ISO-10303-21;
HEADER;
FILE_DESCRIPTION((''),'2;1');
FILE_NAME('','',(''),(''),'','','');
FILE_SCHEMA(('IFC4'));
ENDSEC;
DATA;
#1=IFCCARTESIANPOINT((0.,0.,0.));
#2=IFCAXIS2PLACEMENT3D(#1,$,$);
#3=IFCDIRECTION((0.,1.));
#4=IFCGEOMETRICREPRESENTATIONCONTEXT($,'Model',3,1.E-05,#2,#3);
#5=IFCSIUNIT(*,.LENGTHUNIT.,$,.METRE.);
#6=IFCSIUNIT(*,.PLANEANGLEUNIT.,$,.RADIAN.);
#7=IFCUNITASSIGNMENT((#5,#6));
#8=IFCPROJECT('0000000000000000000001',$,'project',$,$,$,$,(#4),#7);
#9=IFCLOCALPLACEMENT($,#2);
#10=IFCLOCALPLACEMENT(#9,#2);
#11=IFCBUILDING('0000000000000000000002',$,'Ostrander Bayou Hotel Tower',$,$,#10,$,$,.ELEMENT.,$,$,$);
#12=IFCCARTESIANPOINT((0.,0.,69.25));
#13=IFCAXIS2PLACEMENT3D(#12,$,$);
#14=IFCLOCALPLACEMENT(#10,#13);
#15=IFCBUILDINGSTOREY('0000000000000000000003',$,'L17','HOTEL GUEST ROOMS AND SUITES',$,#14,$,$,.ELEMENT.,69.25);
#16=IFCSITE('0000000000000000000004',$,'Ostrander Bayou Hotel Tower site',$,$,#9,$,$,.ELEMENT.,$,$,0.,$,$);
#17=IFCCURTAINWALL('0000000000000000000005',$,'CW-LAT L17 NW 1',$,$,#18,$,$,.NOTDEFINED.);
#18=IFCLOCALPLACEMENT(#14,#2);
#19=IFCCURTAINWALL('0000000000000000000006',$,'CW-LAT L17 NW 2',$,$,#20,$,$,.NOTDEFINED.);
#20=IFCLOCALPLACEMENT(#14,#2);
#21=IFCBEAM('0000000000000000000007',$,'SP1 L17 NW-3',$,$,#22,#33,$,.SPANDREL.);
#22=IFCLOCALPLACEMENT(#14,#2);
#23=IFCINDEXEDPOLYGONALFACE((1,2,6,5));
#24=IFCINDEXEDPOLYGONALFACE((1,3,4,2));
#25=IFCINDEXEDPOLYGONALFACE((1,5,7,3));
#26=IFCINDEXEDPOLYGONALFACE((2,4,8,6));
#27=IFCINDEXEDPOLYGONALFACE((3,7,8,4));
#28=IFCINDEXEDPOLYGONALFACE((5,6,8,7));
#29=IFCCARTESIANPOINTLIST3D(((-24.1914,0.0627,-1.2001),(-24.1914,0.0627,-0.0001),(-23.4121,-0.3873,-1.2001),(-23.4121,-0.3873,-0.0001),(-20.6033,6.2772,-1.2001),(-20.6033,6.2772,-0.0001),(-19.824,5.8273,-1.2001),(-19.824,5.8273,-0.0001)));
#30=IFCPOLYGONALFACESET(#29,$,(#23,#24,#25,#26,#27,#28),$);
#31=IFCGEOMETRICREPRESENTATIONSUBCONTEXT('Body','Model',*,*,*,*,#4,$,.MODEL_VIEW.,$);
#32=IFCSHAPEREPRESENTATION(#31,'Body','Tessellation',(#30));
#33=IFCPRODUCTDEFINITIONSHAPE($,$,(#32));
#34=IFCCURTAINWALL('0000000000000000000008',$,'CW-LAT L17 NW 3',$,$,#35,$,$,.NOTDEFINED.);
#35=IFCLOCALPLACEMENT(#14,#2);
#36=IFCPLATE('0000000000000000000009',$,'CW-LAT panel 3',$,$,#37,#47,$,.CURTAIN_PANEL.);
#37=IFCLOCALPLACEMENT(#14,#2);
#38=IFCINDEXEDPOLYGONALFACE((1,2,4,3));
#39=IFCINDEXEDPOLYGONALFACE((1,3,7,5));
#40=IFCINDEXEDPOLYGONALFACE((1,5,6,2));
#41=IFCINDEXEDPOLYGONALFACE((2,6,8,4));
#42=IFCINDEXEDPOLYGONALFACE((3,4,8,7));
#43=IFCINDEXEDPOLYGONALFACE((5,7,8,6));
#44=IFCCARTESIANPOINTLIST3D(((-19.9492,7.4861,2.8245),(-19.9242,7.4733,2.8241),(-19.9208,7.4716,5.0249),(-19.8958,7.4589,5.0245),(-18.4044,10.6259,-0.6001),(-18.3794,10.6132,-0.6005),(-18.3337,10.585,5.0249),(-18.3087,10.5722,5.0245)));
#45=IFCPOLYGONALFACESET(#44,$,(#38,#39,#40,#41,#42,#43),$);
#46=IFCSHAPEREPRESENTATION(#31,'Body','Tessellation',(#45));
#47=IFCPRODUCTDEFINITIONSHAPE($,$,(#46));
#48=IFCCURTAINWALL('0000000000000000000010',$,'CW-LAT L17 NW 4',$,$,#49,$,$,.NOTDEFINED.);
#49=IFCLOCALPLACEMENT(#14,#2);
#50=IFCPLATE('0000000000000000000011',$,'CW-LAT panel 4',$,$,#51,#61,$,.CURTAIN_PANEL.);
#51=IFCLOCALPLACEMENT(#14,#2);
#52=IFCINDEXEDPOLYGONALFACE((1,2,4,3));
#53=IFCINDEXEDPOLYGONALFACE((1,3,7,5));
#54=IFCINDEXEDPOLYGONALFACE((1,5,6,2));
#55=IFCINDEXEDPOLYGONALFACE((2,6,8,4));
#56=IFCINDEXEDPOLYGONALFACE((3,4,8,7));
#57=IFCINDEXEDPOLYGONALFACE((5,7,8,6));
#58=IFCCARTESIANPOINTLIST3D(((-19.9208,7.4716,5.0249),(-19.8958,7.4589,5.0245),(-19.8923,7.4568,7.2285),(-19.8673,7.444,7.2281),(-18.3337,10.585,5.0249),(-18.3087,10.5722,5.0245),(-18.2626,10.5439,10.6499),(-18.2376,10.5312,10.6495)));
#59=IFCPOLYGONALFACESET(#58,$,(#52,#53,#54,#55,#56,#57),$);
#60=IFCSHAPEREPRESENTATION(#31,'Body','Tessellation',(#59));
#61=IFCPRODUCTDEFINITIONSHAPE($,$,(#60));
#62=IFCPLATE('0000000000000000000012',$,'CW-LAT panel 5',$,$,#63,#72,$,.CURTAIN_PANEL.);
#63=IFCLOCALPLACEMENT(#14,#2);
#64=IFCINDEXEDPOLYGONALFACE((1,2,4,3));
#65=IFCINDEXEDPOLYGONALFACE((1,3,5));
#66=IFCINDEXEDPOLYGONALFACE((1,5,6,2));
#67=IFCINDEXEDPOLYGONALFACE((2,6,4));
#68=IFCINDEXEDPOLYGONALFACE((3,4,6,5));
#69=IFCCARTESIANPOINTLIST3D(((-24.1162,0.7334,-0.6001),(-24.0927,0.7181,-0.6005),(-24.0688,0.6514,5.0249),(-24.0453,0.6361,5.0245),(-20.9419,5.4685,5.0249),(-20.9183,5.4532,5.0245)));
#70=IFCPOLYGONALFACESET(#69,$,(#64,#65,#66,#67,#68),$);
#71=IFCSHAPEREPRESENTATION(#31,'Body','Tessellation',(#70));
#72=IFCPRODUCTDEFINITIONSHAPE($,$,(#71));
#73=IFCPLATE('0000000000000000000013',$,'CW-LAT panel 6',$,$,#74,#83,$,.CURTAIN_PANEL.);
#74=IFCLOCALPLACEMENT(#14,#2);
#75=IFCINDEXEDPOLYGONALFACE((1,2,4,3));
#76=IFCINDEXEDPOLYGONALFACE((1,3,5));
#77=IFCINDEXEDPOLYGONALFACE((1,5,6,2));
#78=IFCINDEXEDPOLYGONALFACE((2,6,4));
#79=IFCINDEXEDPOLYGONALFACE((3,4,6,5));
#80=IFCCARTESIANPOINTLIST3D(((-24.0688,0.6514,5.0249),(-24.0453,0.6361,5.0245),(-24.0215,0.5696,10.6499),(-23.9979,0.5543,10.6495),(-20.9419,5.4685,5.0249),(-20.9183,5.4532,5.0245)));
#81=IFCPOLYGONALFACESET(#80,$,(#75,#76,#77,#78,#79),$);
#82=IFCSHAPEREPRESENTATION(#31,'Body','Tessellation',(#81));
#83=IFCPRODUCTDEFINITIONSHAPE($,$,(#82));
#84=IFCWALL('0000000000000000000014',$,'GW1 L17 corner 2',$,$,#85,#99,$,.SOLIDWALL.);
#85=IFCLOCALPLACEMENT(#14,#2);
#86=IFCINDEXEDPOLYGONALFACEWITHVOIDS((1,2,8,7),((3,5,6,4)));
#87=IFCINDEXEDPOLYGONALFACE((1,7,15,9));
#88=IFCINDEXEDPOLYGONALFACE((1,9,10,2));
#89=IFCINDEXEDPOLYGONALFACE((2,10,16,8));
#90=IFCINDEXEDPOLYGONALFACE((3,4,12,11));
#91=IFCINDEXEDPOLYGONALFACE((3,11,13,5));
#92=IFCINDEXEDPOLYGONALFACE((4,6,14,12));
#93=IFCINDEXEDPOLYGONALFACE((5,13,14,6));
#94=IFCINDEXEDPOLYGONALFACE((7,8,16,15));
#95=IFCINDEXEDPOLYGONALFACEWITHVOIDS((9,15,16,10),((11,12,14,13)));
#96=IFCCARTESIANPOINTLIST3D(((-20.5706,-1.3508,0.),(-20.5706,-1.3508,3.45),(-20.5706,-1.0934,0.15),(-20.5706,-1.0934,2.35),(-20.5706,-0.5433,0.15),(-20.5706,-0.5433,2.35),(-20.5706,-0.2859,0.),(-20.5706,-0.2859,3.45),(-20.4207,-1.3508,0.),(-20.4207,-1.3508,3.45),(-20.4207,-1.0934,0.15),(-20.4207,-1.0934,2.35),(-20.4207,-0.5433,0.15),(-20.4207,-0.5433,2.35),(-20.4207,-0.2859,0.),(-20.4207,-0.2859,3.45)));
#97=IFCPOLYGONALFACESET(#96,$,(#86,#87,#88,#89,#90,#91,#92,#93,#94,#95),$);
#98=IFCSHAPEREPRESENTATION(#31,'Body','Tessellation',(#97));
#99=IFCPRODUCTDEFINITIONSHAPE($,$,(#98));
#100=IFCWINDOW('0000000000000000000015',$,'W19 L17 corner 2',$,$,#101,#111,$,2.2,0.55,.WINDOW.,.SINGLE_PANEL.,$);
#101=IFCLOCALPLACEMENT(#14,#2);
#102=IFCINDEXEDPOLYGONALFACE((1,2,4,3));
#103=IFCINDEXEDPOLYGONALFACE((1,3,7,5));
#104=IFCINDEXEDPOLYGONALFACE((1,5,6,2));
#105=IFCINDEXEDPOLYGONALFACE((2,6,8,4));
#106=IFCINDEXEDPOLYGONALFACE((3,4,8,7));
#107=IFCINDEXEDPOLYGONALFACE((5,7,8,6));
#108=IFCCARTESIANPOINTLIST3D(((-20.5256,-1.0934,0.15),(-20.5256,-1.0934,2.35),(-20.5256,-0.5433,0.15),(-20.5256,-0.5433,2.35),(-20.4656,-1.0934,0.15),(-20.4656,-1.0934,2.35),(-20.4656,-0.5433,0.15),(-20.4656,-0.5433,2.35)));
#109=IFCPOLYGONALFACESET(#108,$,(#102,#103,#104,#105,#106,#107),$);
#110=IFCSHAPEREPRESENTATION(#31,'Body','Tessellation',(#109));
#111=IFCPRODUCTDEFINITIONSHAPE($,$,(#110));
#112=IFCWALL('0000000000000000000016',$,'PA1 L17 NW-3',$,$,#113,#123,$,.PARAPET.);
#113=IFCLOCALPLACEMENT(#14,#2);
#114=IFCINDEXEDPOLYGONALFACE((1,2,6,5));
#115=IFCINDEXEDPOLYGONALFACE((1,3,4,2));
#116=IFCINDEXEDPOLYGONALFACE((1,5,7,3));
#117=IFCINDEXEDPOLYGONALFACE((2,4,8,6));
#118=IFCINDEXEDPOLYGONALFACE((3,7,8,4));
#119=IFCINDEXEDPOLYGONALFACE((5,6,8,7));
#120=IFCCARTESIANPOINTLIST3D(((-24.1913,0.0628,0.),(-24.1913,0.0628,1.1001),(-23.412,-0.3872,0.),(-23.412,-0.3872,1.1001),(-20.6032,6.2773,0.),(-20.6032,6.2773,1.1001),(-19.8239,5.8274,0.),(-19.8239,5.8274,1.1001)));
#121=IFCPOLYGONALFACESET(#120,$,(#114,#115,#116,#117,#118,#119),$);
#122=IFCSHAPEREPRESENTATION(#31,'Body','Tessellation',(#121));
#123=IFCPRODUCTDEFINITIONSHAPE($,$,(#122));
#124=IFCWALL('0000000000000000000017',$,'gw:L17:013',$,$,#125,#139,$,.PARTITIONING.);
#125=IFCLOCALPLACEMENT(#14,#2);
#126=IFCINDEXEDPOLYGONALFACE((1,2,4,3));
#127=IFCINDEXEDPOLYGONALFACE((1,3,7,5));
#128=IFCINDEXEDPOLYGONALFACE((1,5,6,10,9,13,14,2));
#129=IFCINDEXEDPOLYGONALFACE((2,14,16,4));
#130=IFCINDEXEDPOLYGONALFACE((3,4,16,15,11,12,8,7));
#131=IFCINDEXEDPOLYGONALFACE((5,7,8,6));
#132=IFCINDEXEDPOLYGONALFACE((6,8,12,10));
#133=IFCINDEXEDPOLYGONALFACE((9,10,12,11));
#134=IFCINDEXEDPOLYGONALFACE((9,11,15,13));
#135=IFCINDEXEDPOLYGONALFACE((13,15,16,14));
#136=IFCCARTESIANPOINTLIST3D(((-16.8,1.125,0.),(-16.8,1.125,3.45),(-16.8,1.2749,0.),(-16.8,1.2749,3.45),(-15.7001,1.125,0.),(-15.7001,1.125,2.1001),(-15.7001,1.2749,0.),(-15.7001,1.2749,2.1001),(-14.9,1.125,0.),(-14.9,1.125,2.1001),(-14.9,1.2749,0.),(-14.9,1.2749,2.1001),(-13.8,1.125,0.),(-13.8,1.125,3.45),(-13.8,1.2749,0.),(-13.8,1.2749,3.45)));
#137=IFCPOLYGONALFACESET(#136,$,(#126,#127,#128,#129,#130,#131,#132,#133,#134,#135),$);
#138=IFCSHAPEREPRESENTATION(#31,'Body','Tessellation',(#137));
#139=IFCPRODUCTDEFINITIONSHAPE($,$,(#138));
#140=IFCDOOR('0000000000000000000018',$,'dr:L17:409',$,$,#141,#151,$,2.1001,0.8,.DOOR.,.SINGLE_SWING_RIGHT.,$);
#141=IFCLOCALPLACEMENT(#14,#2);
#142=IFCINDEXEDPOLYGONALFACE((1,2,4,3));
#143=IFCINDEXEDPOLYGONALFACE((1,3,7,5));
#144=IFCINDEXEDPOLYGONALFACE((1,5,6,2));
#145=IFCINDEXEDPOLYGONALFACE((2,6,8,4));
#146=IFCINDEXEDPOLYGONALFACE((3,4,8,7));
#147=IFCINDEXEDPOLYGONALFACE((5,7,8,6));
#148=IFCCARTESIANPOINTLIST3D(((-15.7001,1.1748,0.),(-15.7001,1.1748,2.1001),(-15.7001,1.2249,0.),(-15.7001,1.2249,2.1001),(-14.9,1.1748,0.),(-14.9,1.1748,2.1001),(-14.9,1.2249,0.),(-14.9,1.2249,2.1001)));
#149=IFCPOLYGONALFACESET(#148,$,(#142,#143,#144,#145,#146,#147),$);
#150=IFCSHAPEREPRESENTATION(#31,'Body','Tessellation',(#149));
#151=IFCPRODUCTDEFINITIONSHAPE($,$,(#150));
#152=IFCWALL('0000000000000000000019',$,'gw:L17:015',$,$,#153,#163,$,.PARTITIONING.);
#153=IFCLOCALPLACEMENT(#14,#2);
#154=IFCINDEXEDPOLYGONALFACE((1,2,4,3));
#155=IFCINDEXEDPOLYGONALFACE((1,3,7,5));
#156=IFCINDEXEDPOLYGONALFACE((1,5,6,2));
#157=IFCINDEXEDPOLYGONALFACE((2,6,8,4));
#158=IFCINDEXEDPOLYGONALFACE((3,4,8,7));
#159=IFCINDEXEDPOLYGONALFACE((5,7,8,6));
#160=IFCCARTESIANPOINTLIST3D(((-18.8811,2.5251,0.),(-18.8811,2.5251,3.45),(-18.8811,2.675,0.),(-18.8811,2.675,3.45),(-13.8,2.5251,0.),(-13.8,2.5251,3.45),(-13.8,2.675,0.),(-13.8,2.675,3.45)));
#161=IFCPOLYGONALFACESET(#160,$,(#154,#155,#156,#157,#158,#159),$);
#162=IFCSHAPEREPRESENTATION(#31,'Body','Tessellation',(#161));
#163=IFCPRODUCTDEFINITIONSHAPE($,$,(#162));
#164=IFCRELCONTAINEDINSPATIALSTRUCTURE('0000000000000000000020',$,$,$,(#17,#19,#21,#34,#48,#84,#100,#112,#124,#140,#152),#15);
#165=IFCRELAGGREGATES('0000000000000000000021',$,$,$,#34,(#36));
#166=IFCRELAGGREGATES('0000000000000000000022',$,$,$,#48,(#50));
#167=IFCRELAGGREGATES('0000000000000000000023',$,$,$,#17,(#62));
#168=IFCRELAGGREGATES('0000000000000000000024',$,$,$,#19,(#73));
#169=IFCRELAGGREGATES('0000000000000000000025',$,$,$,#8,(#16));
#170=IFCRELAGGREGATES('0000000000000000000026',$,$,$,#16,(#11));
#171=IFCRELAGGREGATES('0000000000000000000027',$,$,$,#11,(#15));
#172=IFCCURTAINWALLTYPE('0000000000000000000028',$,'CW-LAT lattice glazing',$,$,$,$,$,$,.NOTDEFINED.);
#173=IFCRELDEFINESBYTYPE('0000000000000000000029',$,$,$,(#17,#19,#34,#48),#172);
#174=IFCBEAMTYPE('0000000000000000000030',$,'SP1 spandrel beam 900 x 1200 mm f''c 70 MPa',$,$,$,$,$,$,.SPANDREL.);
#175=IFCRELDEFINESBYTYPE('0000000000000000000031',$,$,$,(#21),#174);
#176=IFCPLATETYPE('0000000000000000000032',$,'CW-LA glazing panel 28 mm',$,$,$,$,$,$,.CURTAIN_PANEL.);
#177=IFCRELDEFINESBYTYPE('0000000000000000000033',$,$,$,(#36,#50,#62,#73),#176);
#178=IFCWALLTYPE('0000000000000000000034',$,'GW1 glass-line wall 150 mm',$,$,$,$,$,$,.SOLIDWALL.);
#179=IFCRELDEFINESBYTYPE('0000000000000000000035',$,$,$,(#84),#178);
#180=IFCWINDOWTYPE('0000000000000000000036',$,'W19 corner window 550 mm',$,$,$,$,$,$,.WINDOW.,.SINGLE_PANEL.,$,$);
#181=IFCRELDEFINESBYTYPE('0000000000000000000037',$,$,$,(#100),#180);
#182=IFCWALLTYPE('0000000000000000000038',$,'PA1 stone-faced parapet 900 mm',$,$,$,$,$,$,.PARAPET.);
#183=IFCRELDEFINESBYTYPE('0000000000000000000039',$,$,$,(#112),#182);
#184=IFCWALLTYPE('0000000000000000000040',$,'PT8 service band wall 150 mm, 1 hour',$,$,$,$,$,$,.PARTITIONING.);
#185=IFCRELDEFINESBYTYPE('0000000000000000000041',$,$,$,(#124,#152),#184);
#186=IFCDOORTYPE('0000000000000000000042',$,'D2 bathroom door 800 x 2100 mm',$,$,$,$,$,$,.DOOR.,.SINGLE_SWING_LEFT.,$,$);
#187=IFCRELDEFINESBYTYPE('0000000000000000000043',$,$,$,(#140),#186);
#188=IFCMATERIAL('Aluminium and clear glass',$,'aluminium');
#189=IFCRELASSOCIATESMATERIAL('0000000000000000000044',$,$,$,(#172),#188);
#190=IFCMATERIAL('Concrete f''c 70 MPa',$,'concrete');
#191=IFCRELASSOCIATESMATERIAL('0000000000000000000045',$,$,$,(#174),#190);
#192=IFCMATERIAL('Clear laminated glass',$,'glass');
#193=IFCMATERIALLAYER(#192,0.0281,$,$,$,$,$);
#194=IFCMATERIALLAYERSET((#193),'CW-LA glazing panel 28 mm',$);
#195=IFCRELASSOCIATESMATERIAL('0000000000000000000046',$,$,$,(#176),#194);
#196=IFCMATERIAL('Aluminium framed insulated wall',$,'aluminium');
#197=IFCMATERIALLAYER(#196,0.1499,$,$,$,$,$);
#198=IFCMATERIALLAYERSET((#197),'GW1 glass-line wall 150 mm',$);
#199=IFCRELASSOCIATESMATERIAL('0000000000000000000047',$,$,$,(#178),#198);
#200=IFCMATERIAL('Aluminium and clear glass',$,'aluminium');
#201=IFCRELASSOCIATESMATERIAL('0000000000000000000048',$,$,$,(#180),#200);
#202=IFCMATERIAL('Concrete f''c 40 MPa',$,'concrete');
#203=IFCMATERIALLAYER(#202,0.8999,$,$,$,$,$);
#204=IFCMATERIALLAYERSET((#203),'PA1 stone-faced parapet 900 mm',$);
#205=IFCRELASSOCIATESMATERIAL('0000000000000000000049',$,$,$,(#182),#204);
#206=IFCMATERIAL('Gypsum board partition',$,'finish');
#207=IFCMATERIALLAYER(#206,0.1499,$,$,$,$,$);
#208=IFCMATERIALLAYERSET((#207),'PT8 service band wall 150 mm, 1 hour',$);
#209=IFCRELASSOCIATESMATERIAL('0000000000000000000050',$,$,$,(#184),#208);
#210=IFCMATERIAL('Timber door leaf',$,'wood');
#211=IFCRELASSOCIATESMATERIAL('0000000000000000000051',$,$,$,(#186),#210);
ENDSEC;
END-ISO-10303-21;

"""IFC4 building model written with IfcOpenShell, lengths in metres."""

from ifc_helpers import new_model, si_unit, direction, frame, frame_2d, origin, origin_2d, place, context, subcontext, project, spatial, polyline, rectangle, outline, extrude, material, layer, layer_set, material_profile, profile_set, type_object, element, fill, aggregate, save


model = new_model("IFC4")

# Units and contexts
model_context = context("Model", 3, precision=1e-05, world=origin(), true_north=direction((0.0, 1.0)))
body_context = subcontext(model_context, "Body", "Model", "MODEL_VIEW")
ifc_project = project(units=[si_unit("LENGTHUNIT", "METRE"), si_unit("PLANEANGLEUNIT", "RADIAN")], contexts=[model_context])

# Site, building, storey
site_placement = place(None, origin())
site = spatial("IfcSite", under=ifc_project, at=site_placement, Name="Ostrander Bayou Hotel Tower site", CompositionType="ELEMENT", RefElevation=0.0)
building_placement = place(site_placement, origin())
building = spatial("IfcBuilding", under=site, at=building_placement, Name="Ostrander Bayou Hotel Tower", CompositionType="ELEMENT")
storey_placement = place(building_placement, frame((0.0, 0.0, 69.25)))
storey = spatial("IfcBuildingStorey", under=building, at=storey_placement, Name="L17", Description="HOTEL GUEST ROOMS AND SUITES", CompositionType="ELEMENT", Elevation=69.25)

# Curtain wall
ifc_material_1 = material(Name="Aluminium and clear glass", Category="aluminium")
curtain_wall_type = type_object("IfcCurtainWallType", Name="CW-LAT lattice glazing", PredefinedType="NOTDEFINED", material=ifc_material_1)
curtain_wall_1_placement = place(storey_placement, origin())
curtain_wall_1 = element("IfcCurtainWall", 1, at=curtain_wall_1_placement, inside=storey, type_object=curtain_wall_type, Name="CW-LAT L17 NW 1", PredefinedType="NOTDEFINED")

# Curtain wall
curtain_wall_2_placement = place(storey_placement, origin())
curtain_wall_2 = element("IfcCurtainWall", 2, at=curtain_wall_2_placement, inside=storey, type_object=curtain_wall_type, Name="CW-LAT L17 NW 2", PredefinedType="NOTDEFINED")

# Beam
ifc_material_2 = material(Name="Concrete f'c 70 MPa", Category="concrete")
ifc_material_profile_1 = material_profile(ifc_material_2, rectangle(XDim=0.8999, YDim=1.2, at=origin_2d()))
ifc_profile_set_1 = profile_set([ifc_material_profile_1], Name="Concrete f'c 70 MPa")
beam_type_1 = type_object("IfcBeamType", Name="SP1 spandrel beam 900 x 1200 mm f'c 70 MPa", PredefinedType="SPANDREL", material=ifc_profile_set_1)
beam_1_placement = place(storey_placement, frame((-20.2136, 6.0522, -0.6001), z_axis=(-0.500014, -0.866017, 0.0), x_axis=(0.866017, -0.500014, 0.0)))
element("IfcBeam", 3, at=beam_1_placement, inside=storey, type_object=beam_type_1, Name="SP1 L17 NW-3", PredefinedType="SPANDREL", context=body_context, shape_type="SweptSolid", body=[
    extrude(rectangle(XDim=0.8999, YDim=1.2, at=origin_2d()), origin(), (0.0, 0.0, 1.0), 7.176),
])

# Curtain walls, plates
curtain_wall_3_placement = place(storey_placement, origin())
curtain_wall_3 = element("IfcCurtainWall", 4, at=curtain_wall_3_placement, inside=storey, type_object=curtain_wall_type, Name="CW-LAT L17 NW 3", PredefinedType="NOTDEFINED")
ifc_material_3 = material(Name="Clear laminated glass", Category="glass")
ifc_layer_1 = layer(ifc_material_3, 0.0281)
ifc_layer_set_1 = layer_set([ifc_layer_1], Name="CW-LA glazing panel 28 mm")
plate_type = type_object("IfcPlateType", Name="CW-LA glazing panel 28 mm", PredefinedType="CURTAIN_PANEL", material=ifc_layer_set_1)
plate_1_placement = place(storey_placement, frame((-19.9492, 7.4861, 2.8245), z_axis=(-0.890831, 0.454104, 0.0145), x_axis=(0.315511, 0.641282, -0.699436)))
plate_1 = element("IfcPlate", 5, at=plate_1_placement, type_object=plate_type, Name="CW-LAT panel 3", PredefinedType="CURTAIN_PANEL", context=body_context, shape_type="SweptSolid", body=[
    extrude(outline(polyline([(0.0, 0.0), (4.8962, 0.0), (0.9579, -4.0171), (-1.5394, -1.5727), (0.0, 0.0)])), origin(), (0.0, 0.0, -1.0), 0.0281),
])
aggregate(curtain_wall_3, [plate_1])
curtain_wall_4_placement = place(storey_placement, origin())
curtain_wall_4 = element("IfcCurtainWall", 6, at=curtain_wall_4_placement, inside=storey, type_object=curtain_wall_type, Name="CW-LAT L17 NW 4", PredefinedType="NOTDEFINED")
plate_2_placement = place(storey_placement, frame((-19.8923, 7.4568, 7.2285), z_axis=(-0.890823, 0.454116, 0.014578), x_axis=(0.333414, 0.631576, 0.699962)))
plate_2 = element("IfcPlate", 7, at=plate_2_placement, type_object=plate_type, Name="CW-LAT panel 4", PredefinedType="CURTAIN_PANEL", context=body_context, shape_type="SweptSolid", body=[
    extrude(outline(polyline([(0.0, 0.0), (4.888, 0.0), (0.9529, 4.0203), (-1.5426, 1.574), (0.0, 0.0)])), origin(), (0.0, 0.0, -1.0), 0.0281),
])
aggregate(curtain_wall_4, [plate_2])

# Plates
plate_3_placement = place(storey_placement, frame((-20.9419, 5.4685, 5.0249), z_axis=(-0.838682, 0.544414, 0.015001), x_axis=(-0.396362, -0.591251, -0.702367)))
plate_3 = element("IfcPlate", 8, at=plate_3_placement, type_object=plate_type, Name="CW-LAT panel 5", PredefinedType="CURTAIN_PANEL", context=body_context, shape_type="SweptSolid", body=[
    extrude(outline(polyline([(0.0, 0.0), (8.0086, 0.0), (4.0875, 4.0342), (0.0, 0.0)])), origin(), (0.0, 0.0, -1.0), 0.0281),
])
aggregate(curtain_wall_1, [plate_3])
plate_4_placement = place(storey_placement, frame((-20.9419, 5.4685, 5.0249), z_axis=(-0.838683, 0.544415, 0.014978), x_axis=(-0.381612, -0.607058, 0.697031)))
plate_4 = element("IfcPlate", 9, at=plate_4_placement, type_object=plate_type, Name="CW-LAT panel 6", PredefinedType="CURTAIN_PANEL", context=body_context, shape_type="SweptSolid", body=[
    extrude(outline(polyline([(0.0, 0.0), (8.0699, 0.0), (4.1176, -4.0035), (0.0, 0.0)])), origin(), (0.0, 0.0, -1.0), 0.0281),
])
aggregate(curtain_wall_2, [plate_4])

# Wall, opening, window
ifc_material_4 = material(Name="Aluminium framed insulated wall", Category="aluminium")
ifc_layer_2 = layer(ifc_material_4, 0.1499)
ifc_layer_set_2 = layer_set([ifc_layer_2], Name="GW1 glass-line wall 150 mm")
wall_type_1 = type_object("IfcWallType", Name="GW1 glass-line wall 150 mm", PredefinedType="SOLIDWALL", material=ifc_layer_set_2)
wall_1_placement = place(storey_placement, frame((-20.4956, -0.2859, 0.0), z_axis=(0.0, 0.0, 1.0), x_axis=(0.0, -1.0, 0.0)))
wall_1 = element("IfcWall", 10, at=wall_1_placement, inside=storey, type_object=wall_type_1, Name="GW1 L17 corner 2", PredefinedType="SOLIDWALL", context=body_context, shape_type="SweptSolid", body=[
    extrude(rectangle(XDim=1.0649, YDim=0.1499, at=frame_2d((0.5325, 0.0))), origin(), (0.0, 0.0, 1.0), 3.45),
])
opening_1_placement = place(wall_1_placement, frame((0.2576, 0.0, 0.1499)))
opening_1 = element("IfcOpeningElement", 11, at=opening_1_placement, cuts=wall_1, PredefinedType="OPENING", context=body_context, shape_type="SweptSolid", body=[
    extrude(rectangle(XDim=0.55, YDim=2.2, at=frame_2d((0.2749, 1.1001))), frame((0.0, 0.075, 0.0), z_axis=(0.0, -1.0, 0.0), x_axis=(1.0, 0.0, 0.0)), (0.0, 0.0, 1.0), 0.1499),
])
ifc_material_5 = material(Name="Aluminium and clear glass", Category="aluminium")
window_type = type_object("IfcWindowType", Name="W19 corner window 550 mm", PartitioningType="SINGLE_PANEL", PredefinedType="WINDOW", material=ifc_material_5)
window_placement = place(opening_1_placement, origin())
window = element("IfcWindow", 12, at=window_placement, inside=storey, type_object=window_type, Name="W19 L17 corner 2", OverallHeight=2.2, OverallWidth=0.55, PartitioningType="SINGLE_PANEL", PredefinedType="WINDOW", context=body_context, shape_type="SweptSolid", body=[
    extrude(rectangle(XDim=0.55, YDim=2.2, at=frame_2d((0.2749, 1.1001))), frame((0.0, 0.03, 0.0), z_axis=(0.0, -1.0, 0.0), x_axis=(1.0, 0.0, 0.0)), (0.0, 0.0, 1.0), 0.0601),
])
fill(opening_1, window)

# Wall
ifc_material_6 = material(Name="Concrete f'c 40 MPa", Category="concrete")
ifc_layer_3 = layer(ifc_material_6, 0.8999)
ifc_layer_set_3 = layer_set([ifc_layer_3], Name="PA1 stone-faced parapet 900 mm")
wall_type_2 = type_object("IfcWallType", Name="PA1 stone-faced parapet 900 mm", PredefinedType="PARAPET", material=ifc_layer_set_3)
wall_2_placement = place(storey_placement, frame((-20.2136, 6.0522, 0.0), z_axis=(0.0, 0.0, 1.0), x_axis=(-0.500014, -0.866017, 0.0)))
element("IfcWall", 13, at=wall_2_placement, inside=storey, type_object=wall_type_2, Name="PA1 L17 NW-3", PredefinedType="PARAPET", context=body_context, shape_type="SweptSolid", body=[
    extrude(rectangle(XDim=7.176, YDim=0.8999, at=frame_2d((3.5879, 0.0))), origin(), (0.0, 0.0, 1.0), 1.1001),
])

# Wall, opening, door
ifc_material_7 = material(Name="Gypsum board partition", Category="finish")
ifc_layer_4 = layer(ifc_material_7, 0.1499)
ifc_layer_set_4 = layer_set([ifc_layer_4], Name="PT8 service band wall 150 mm, 1 hour")
wall_type_3 = type_object("IfcWallType", Name="PT8 service band wall 150 mm, 1 hour", PredefinedType="PARTITIONING", material=ifc_layer_set_4)
wall_3_placement = place(storey_placement, frame((-16.8, 1.2, 0.0), z_axis=(0.0, 0.0, 1.0), x_axis=(1.0, 0.0, 0.0)))
wall_3 = element("IfcWall", 14, at=wall_3_placement, inside=storey, type_object=wall_type_3, Name="gw:L17:013", PredefinedType="PARTITIONING", context=body_context, shape_type="SweptSolid", body=[
    extrude(rectangle(XDim=3.0, YDim=0.1499, at=frame_2d((1.5, 0.0))), origin(), (0.0, 0.0, 1.0), 3.45),
])
opening_2_placement = place(wall_3_placement, frame((1.1001, 0.0, 0.0)))
opening_2 = element("IfcOpeningElement", 15, at=opening_2_placement, cuts=wall_3, PredefinedType="OPENING", context=body_context, shape_type="SweptSolid", body=[
    extrude(rectangle(XDim=0.8, YDim=2.1001, at=frame_2d((0.3999, 1.05))), frame((0.0, 0.075, 0.0), z_axis=(0.0, -1.0, 0.0), x_axis=(1.0, 0.0, 0.0)), (0.0, 0.0, 1.0), 0.1499),
])
ifc_material_8 = material(Name="Timber door leaf", Category="wood")
door_type_1 = type_object("IfcDoorType", Name="D2 bathroom door 800 x 2100 mm", OperationType="SINGLE_SWING_LEFT", PredefinedType="DOOR", material=ifc_material_8)
door_1_placement = place(opening_2_placement, origin())
door_1 = element("IfcDoor", 16, at=door_1_placement, inside=storey, type_object=door_type_1, Name="dr:L17:409", OperationType="SINGLE_SWING_RIGHT", OverallHeight=2.1001, OverallWidth=0.8, PredefinedType="DOOR", context=body_context, shape_type="SweptSolid", body=[
    extrude(rectangle(XDim=0.8, YDim=2.1001, at=frame_2d((0.3999, 1.05))), frame((0.0, 0.0249, 0.0), z_axis=(0.0, -1.0, 0.0), x_axis=(1.0, 0.0, 0.0)), (0.0, 0.0, 1.0), 0.05),
])
fill(opening_2, door_1)

# Wall
wall_4_placement = place(storey_placement, frame((-18.8811, 2.6001, 0.0), z_axis=(0.0, 0.0, 1.0), x_axis=(1.0, 0.0, 0.0)))
element("IfcWall", 17, at=wall_4_placement, inside=storey, type_object=wall_type_3, Name="gw:L17:015", PredefinedType="PARTITIONING", context=body_context, shape_type="SweptSolid", body=[
    extrude(rectangle(XDim=5.0811, YDim=0.1499, at=frame_2d((2.5405, 0.0))), origin(), (0.0, 0.0, 1.0), 3.45),
])

save(model, "model.ifc")
